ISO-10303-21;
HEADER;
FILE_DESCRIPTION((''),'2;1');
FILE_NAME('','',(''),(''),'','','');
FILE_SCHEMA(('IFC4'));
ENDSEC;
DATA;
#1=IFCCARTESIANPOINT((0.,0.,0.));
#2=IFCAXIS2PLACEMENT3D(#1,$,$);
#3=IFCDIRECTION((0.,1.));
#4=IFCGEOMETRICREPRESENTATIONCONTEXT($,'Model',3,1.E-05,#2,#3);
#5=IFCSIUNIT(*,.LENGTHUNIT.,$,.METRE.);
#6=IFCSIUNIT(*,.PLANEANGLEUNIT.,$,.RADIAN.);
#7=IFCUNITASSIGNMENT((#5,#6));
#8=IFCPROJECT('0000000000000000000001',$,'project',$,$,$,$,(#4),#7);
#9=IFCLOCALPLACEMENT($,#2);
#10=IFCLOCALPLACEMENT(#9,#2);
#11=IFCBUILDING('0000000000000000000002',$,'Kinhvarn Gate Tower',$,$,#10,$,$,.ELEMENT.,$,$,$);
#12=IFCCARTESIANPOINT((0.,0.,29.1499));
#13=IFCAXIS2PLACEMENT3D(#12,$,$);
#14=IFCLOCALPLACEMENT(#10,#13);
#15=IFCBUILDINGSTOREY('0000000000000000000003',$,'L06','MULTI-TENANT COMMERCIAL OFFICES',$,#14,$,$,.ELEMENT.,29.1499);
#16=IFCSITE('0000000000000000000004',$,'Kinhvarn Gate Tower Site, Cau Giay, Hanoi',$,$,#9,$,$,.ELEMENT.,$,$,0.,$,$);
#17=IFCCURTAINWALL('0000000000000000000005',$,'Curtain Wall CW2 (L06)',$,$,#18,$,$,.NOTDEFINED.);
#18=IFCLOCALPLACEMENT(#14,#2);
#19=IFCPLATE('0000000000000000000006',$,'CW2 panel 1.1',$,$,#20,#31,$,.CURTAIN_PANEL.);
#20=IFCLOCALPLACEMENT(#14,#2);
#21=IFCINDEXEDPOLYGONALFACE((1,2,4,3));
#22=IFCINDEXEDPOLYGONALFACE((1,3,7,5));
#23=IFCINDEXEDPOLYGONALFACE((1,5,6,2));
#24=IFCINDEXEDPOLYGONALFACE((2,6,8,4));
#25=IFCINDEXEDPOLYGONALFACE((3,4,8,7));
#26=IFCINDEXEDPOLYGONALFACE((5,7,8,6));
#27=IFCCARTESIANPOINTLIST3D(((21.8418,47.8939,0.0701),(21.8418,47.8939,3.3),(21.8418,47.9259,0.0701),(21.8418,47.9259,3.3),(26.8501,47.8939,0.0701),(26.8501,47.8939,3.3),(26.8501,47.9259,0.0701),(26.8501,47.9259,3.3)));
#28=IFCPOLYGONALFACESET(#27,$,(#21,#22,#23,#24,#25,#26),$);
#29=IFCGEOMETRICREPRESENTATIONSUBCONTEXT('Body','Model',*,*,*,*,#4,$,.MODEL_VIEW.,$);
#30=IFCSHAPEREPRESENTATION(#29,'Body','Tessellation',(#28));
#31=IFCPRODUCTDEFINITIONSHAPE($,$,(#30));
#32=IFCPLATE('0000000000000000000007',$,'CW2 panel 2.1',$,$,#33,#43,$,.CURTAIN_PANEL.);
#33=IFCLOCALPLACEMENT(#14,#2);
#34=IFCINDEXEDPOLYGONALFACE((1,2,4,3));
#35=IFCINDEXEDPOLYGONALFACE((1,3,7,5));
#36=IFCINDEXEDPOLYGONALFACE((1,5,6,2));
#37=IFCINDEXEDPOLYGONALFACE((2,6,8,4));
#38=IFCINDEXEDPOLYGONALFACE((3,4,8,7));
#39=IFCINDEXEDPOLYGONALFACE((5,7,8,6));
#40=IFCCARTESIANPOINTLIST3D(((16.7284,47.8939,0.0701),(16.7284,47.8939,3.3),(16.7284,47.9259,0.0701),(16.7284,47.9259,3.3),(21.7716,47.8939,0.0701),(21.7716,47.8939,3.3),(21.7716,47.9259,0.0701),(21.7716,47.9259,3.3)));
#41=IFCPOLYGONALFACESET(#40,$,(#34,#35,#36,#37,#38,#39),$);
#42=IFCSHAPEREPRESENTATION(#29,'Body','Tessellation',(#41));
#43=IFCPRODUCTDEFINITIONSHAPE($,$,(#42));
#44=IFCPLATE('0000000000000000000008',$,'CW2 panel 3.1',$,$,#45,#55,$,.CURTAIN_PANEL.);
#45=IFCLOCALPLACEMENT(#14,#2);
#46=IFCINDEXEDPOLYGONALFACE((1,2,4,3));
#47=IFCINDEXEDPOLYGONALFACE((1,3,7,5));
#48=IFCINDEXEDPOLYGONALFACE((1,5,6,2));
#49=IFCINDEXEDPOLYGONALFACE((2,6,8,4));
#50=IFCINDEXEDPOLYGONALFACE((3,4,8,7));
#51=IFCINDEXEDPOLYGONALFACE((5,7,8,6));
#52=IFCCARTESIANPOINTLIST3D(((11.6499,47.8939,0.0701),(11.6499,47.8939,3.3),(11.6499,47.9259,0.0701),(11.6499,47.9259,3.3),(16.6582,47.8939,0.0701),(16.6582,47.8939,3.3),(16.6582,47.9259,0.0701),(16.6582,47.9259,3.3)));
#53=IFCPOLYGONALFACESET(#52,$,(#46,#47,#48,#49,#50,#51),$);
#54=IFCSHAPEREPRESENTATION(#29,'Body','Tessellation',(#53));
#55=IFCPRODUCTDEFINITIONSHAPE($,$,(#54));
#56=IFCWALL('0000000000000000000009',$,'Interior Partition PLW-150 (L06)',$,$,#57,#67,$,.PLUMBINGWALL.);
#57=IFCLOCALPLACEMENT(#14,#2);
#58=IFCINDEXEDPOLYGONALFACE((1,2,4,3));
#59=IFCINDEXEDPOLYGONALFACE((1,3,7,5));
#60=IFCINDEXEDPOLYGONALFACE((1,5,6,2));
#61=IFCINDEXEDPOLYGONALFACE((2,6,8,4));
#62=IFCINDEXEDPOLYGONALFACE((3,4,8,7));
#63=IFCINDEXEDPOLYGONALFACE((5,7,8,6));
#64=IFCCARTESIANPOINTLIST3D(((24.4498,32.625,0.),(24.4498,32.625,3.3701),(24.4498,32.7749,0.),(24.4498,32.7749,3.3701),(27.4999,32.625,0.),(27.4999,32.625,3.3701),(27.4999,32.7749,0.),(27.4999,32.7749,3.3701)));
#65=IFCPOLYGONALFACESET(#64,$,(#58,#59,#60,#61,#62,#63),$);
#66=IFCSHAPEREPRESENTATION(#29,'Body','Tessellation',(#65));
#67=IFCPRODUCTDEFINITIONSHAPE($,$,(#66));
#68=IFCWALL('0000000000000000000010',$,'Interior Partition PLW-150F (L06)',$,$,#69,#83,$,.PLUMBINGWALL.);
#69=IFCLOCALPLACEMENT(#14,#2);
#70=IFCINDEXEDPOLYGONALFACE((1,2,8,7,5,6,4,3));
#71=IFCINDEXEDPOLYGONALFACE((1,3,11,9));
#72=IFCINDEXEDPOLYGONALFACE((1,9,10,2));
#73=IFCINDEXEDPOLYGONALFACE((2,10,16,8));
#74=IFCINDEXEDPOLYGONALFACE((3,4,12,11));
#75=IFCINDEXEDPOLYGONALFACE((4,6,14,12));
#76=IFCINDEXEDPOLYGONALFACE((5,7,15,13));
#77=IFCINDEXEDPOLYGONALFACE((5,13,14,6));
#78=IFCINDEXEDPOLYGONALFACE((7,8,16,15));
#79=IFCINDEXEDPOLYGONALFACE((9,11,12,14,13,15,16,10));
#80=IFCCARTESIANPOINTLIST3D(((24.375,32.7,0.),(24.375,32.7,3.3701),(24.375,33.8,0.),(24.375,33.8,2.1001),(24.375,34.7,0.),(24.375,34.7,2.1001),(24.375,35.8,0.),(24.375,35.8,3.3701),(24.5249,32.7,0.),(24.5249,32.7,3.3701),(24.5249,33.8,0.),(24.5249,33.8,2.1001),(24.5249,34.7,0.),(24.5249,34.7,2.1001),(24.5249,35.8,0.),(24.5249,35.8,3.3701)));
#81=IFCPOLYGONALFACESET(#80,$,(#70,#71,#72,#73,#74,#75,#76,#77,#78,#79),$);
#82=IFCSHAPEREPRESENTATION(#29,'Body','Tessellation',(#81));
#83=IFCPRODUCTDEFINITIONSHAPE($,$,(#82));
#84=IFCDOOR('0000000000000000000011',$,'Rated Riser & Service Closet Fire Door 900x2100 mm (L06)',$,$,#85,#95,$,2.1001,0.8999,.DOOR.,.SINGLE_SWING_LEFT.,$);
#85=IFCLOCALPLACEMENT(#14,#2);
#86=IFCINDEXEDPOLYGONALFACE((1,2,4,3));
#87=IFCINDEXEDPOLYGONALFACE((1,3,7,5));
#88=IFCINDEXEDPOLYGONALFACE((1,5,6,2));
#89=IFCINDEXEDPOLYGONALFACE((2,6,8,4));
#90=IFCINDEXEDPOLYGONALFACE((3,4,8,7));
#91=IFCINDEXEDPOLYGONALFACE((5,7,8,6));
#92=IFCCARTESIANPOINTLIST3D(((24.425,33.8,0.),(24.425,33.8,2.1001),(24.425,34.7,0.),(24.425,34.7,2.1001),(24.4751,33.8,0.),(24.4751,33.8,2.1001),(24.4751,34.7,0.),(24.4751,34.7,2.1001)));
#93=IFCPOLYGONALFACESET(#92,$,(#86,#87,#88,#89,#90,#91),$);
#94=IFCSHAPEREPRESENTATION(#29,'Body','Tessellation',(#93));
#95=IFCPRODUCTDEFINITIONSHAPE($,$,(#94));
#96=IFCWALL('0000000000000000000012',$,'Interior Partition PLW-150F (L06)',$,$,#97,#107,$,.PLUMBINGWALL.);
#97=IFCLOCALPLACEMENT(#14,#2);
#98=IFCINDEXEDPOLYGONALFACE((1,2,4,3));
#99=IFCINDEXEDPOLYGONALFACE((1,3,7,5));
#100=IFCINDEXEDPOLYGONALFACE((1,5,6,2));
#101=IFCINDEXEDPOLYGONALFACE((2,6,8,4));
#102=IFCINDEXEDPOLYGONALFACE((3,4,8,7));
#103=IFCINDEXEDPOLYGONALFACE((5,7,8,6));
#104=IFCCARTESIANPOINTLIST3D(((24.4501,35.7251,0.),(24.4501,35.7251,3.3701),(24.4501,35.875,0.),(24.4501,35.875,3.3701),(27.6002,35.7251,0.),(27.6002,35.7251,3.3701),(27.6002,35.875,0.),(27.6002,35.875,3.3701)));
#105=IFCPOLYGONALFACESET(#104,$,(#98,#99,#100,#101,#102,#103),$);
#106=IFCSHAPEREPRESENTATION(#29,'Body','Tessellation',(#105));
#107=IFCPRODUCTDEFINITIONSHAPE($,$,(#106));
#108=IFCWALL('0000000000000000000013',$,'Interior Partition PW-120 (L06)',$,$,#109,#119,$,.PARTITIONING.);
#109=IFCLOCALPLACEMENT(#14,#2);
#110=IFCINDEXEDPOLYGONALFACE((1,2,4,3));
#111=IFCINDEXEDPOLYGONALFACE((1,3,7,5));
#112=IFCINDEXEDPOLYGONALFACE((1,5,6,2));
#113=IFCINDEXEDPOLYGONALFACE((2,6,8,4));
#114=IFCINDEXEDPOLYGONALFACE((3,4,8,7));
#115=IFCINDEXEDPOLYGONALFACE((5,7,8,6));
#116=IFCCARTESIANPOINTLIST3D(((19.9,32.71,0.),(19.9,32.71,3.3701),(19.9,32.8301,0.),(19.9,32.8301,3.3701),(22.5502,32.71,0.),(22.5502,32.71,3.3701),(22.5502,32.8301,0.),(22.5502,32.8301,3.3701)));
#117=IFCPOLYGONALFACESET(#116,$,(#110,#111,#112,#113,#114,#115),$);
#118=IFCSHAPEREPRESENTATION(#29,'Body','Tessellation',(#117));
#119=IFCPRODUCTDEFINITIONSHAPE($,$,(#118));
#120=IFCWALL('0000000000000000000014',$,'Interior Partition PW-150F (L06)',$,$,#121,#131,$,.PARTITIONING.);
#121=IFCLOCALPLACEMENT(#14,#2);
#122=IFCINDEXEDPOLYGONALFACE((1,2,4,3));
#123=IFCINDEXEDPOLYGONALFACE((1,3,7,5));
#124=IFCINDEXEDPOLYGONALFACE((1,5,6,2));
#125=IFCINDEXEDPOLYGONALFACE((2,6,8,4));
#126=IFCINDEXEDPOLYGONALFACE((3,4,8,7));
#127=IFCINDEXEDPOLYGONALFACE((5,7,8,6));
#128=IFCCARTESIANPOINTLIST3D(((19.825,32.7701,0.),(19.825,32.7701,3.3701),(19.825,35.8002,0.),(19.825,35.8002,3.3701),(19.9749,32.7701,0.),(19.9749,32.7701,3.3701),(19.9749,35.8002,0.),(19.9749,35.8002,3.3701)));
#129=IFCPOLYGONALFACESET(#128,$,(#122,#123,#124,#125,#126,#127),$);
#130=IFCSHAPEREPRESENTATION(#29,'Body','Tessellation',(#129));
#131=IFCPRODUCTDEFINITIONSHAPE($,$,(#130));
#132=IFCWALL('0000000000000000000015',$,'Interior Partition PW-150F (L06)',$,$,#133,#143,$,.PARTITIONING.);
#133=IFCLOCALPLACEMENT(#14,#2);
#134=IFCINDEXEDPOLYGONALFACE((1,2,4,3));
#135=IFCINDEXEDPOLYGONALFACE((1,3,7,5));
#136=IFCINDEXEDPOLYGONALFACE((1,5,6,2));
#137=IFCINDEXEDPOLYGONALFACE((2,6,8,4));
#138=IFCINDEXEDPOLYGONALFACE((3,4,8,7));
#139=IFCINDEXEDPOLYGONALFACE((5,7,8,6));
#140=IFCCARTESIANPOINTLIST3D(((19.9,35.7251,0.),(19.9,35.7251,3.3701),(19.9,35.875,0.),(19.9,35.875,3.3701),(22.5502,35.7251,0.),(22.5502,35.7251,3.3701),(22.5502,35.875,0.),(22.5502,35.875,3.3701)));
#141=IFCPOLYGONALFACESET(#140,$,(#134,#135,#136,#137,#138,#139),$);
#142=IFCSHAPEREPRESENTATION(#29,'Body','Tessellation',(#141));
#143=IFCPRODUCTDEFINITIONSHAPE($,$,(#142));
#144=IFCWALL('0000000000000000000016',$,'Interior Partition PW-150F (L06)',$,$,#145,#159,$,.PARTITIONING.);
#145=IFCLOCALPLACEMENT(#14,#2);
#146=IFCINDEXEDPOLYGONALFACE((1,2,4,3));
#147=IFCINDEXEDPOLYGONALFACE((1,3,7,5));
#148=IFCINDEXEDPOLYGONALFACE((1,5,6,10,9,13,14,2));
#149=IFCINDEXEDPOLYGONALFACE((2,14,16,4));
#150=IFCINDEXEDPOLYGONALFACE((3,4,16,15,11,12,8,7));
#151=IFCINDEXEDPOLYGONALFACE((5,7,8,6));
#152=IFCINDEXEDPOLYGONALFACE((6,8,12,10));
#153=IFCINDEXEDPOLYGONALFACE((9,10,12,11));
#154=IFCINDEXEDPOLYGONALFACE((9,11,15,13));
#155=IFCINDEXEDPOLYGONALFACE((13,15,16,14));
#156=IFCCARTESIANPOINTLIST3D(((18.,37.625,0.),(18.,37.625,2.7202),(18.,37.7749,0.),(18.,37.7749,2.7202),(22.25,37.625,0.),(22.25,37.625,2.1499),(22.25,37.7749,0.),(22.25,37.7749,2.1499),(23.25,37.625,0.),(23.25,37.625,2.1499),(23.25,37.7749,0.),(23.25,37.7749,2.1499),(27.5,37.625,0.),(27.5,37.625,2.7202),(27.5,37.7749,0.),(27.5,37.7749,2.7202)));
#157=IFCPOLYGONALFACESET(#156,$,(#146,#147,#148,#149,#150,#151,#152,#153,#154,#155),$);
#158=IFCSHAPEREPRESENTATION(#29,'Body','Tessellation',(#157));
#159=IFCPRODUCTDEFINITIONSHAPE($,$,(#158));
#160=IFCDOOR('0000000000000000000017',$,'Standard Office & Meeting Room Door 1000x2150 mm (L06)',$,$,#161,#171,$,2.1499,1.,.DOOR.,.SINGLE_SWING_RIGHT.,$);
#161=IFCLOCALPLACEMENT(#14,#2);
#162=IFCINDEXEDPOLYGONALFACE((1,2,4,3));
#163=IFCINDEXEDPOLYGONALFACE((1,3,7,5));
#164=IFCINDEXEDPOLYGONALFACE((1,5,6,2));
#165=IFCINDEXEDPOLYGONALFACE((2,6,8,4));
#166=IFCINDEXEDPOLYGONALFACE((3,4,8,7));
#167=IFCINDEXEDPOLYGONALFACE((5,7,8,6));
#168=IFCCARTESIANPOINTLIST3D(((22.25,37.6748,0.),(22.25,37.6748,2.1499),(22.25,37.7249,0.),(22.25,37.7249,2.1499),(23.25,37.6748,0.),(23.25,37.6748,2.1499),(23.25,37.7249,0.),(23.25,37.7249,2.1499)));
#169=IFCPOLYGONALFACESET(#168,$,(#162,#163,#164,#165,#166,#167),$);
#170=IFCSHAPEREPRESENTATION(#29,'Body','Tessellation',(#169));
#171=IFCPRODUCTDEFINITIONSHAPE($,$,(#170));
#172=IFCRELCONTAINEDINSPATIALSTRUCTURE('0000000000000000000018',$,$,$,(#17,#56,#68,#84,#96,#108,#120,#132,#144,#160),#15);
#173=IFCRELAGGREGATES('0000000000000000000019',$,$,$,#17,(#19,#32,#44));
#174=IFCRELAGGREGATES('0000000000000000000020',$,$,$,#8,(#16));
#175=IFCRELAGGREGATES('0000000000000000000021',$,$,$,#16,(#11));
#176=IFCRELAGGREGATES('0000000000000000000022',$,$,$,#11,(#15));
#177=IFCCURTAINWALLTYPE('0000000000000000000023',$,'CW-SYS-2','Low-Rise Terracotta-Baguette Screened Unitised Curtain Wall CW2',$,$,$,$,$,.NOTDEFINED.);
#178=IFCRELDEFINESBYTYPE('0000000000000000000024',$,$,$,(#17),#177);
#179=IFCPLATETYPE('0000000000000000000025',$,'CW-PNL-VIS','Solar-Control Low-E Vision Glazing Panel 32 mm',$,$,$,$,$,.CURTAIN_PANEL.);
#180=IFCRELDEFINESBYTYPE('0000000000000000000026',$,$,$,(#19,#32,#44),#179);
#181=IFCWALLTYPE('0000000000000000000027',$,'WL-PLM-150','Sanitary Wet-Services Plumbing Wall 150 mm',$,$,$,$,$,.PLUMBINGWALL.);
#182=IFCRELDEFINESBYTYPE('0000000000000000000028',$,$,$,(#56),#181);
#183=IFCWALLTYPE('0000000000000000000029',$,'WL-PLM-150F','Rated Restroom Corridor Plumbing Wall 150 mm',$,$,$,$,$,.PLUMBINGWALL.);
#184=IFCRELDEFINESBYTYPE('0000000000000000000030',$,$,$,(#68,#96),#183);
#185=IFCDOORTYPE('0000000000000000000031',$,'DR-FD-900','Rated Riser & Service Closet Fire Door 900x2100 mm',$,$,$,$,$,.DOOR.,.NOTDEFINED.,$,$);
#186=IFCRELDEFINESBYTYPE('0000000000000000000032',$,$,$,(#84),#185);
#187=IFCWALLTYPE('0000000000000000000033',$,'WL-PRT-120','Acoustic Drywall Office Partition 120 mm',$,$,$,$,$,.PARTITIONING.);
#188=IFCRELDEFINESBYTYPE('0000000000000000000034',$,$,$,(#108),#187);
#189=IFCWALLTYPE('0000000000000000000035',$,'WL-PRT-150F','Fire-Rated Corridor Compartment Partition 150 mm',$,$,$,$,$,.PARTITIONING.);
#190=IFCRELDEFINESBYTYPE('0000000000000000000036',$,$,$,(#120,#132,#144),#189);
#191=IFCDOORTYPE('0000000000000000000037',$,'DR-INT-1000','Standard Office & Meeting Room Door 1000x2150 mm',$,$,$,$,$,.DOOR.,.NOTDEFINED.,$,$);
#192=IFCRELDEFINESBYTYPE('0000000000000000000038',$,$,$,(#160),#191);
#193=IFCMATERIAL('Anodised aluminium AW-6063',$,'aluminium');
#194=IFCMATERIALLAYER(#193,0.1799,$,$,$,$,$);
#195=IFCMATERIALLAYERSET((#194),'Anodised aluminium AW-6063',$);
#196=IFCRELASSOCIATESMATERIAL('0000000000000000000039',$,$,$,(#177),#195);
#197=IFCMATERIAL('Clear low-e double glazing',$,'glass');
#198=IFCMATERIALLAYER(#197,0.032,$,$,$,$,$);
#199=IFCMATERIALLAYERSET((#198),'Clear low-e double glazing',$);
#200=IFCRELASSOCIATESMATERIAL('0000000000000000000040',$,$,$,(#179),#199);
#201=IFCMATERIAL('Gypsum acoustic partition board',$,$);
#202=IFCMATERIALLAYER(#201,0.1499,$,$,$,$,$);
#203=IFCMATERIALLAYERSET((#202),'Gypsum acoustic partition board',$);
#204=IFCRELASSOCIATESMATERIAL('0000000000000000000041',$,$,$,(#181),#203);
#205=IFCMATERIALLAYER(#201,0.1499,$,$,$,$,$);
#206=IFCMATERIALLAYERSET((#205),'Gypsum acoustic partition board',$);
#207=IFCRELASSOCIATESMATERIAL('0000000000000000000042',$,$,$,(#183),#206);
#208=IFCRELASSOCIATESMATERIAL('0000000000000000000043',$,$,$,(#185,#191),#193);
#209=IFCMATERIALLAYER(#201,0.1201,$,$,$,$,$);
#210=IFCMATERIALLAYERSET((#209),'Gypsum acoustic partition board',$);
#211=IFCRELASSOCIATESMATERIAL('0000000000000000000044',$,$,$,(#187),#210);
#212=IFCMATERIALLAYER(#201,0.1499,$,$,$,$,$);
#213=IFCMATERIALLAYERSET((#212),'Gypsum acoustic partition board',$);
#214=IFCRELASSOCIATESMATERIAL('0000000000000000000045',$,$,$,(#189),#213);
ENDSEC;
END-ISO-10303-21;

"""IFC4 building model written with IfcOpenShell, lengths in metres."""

from ifc_helpers import new_model, si_unit, direction, frame, frame_2d, origin, origin_2d, place, context, subcontext, project, spatial, rectangle, extrude, material, layer, layer_set, type_object, element, fill, aggregate, save


model = new_model("IFC4")

# Units and contexts
model_context = context("Model", 3, precision=1e-05, world=origin(), true_north=direction((0.0, 1.0)))
body_context = subcontext(model_context, "Body", "Model", "MODEL_VIEW")
ifc_project = project(units=[si_unit("LENGTHUNIT", "METRE"), si_unit("PLANEANGLEUNIT", "RADIAN")], contexts=[model_context])

# Site, building, storey
site_placement = place(None, origin())
site = spatial("IfcSite", under=ifc_project, at=site_placement, Name="Kinhvarn Gate Tower Site, Cau Giay, Hanoi", CompositionType="ELEMENT", RefElevation=0.0)
building_placement = place(site_placement, origin())
building = spatial("IfcBuilding", under=site, at=building_placement, Name="Kinhvarn Gate Tower", CompositionType="ELEMENT")
storey_placement = place(building_placement, frame((0.0, 0.0, 29.1499)))
storey = spatial("IfcBuildingStorey", under=building, at=storey_placement, Name="L06", Description="MULTI-TENANT COMMERCIAL OFFICES", CompositionType="ELEMENT", Elevation=29.1499)

# Curtain wall
ifc_material_1 = material(Name="Anodised aluminium AW-6063", Category="aluminium")
ifc_layer_1 = layer(ifc_material_1, 0.1799)
ifc_layer_set_1 = layer_set([ifc_layer_1], Name="Anodised aluminium AW-6063")
curtain_wall_type = type_object("IfcCurtainWallType", Name="CW-SYS-2", Description="Low-Rise Terracotta-Baguette Screened Unitised Curtain Wall CW2", PredefinedType="NOTDEFINED", material=ifc_layer_set_1)
curtain_wall_placement = place(storey_placement, origin())
curtain_wall = element("IfcCurtainWall", 1, at=curtain_wall_placement, inside=storey, type_object=curtain_wall_type, Name="Curtain Wall CW2 (L06)", PredefinedType="NOTDEFINED")

# Plates
ifc_material_2 = material(Name="Clear low-e double glazing", Category="glass")
ifc_layer_2 = layer(ifc_material_2, 0.032)
ifc_layer_set_2 = layer_set([ifc_layer_2], Name="Clear low-e double glazing")
plate_type = type_object("IfcPlateType", Name="CW-PNL-VIS", Description="Solar-Control Low-E Vision Glazing Panel 32 mm", PredefinedType="CURTAIN_PANEL", material=ifc_layer_set_2)
plate_1_placement = place(storey_placement, frame((24.3459, 47.9099, 0.0701), z_axis=(0.0, 0.0, 1.0), x_axis=(-1.0, 0.0, 0.0)))
plate_1 = element("IfcPlate", 2, at=plate_1_placement, type_object=plate_type, Name="CW2 panel 1.1", PredefinedType="CURTAIN_PANEL", context=body_context, shape_type="SweptSolid", body=[
    extrude(rectangle(XDim=5.0083, YDim=0.032, at=origin_2d()), origin(), (0.0, 0.0, 1.0), 3.23),
])
plate_2_placement = place(storey_placement, frame((19.25, 47.9099, 0.0701), z_axis=(0.0, 0.0, 1.0), x_axis=(-1.0, 0.0, 0.0)))
plate_2 = element("IfcPlate", 3, at=plate_2_placement, type_object=plate_type, Name="CW2 panel 2.1", PredefinedType="CURTAIN_PANEL", context=body_context, shape_type="SweptSolid", body=[
    extrude(rectangle(XDim=5.0432, YDim=0.032, at=origin_2d()), origin(), (0.0, 0.0, 1.0), 3.23),
])
plate_3_placement = place(storey_placement, frame((14.1541, 47.9099, 0.0701), z_axis=(0.0, 0.0, 1.0), x_axis=(-1.0, 0.0, 0.0)))
plate_3 = element("IfcPlate", 4, at=plate_3_placement, type_object=plate_type, Name="CW2 panel 3.1", PredefinedType="CURTAIN_PANEL", context=body_context, shape_type="SweptSolid", body=[
    extrude(rectangle(XDim=5.0083, YDim=0.032, at=origin_2d()), origin(), (0.0, 0.0, 1.0), 3.23),
])
aggregate(curtain_wall, [plate_1, plate_2, plate_3])

# Wall
ifc_material_3 = material(Name="Gypsum acoustic partition board")
ifc_layer_3 = layer(ifc_material_3, 0.1499)
ifc_layer_set_3 = layer_set([ifc_layer_3], Name="Gypsum acoustic partition board")
wall_type_1 = type_object("IfcWallType", Name="WL-PLM-150", Description="Sanitary Wet-Services Plumbing Wall 150 mm", PredefinedType="PLUMBINGWALL", material=ifc_layer_set_3)
wall_1_placement = place(storey_placement, frame((24.45, 32.7, 0.0), z_axis=(0.0, 0.0, 1.0), x_axis=(1.0, 0.0, 0.0)))
element("IfcWall", 5, at=wall_1_placement, inside=storey, type_object=wall_type_1, Name="Interior Partition PLW-150 (L06)", PredefinedType="PLUMBINGWALL", context=body_context, shape_type="SweptSolid", body=[
    extrude(rectangle(XDim=3.05, YDim=0.1499, at=frame_2d((1.5249, 0.0))), origin(), (0.0, 0.0, 1.0), 3.3701),
])

# Wall, opening, door
ifc_layer_4 = layer(ifc_material_3, 0.1499)
ifc_layer_set_4 = layer_set([ifc_layer_4], Name="Gypsum acoustic partition board")
wall_type_2 = type_object("IfcWallType", Name="WL-PLM-150F", Description="Rated Restroom Corridor Plumbing Wall 150 mm", PredefinedType="PLUMBINGWALL", material=ifc_layer_set_4)
wall_2_placement = place(storey_placement, frame((24.45, 32.7, 0.0), z_axis=(0.0, 0.0, 1.0), x_axis=(0.0, 1.0, 0.0)))
wall_2 = element("IfcWall", 6, at=wall_2_placement, inside=storey, type_object=wall_type_2, Name="Interior Partition PLW-150F (L06)", PredefinedType="PLUMBINGWALL", context=body_context, shape_type="SweptSolid", body=[
    extrude(rectangle(XDim=3.1001, YDim=0.1499, at=frame_2d((1.55, 0.0))), origin(), (0.0, 0.0, 1.0), 3.3701),
])
opening_1_placement = place(wall_2_placement, frame((1.1001, 0.0, 0.0)))
opening_1 = element("IfcOpeningElement", 7, at=opening_1_placement, cuts=wall_2, PredefinedType="OPENING", context=body_context, shape_type="SweptSolid", body=[
    extrude(rectangle(XDim=0.8999, YDim=2.1001, at=frame_2d((0.45, 1.05))), frame((0.0, 0.085, 0.0), z_axis=(0.0, -1.0, 0.0), x_axis=(1.0, 0.0, 0.0)), (0.0, 0.0, 1.0), 0.1699),
])
door_type_1 = type_object("IfcDoorType", Name="DR-FD-900", Description="Rated Riser & Service Closet Fire Door 900x2100 mm", OperationType="NOTDEFINED", PredefinedType="DOOR", material=ifc_material_1)
door_1_placement = place(opening_1_placement, origin())
door_1 = element("IfcDoor", 8, at=door_1_placement, inside=storey, type_object=door_type_1, Name="Rated Riser & Service Closet Fire Door 900x2100 mm (L06)", OperationType="SINGLE_SWING_LEFT", OverallHeight=2.1001, OverallWidth=0.8999, PredefinedType="DOOR", context=body_context, shape_type="SweptSolid", body=[
    extrude(rectangle(XDim=0.8999, YDim=2.1001, at=frame_2d((0.45, 1.05))), frame((0.0, 0.0249, 0.0), z_axis=(0.0, -1.0, 0.0), x_axis=(1.0, 0.0, 0.0)), (0.0, 0.0, 1.0), 0.05),
])
fill(opening_1, door_1)

# Walls
wall_3_placement = place(storey_placement, frame((24.45, 35.8, 0.0), z_axis=(0.0, 0.0, 1.0), x_axis=(1.0, 0.0, 0.0)))
element("IfcWall", 9, at=wall_3_placement, inside=storey, type_object=wall_type_2, Name="Interior Partition PLW-150F (L06)", PredefinedType="PLUMBINGWALL", context=body_context, shape_type="SweptSolid", body=[
    extrude(rectangle(XDim=3.1501, YDim=0.1499, at=frame_2d((1.5752, 0.0))), origin(), (0.0, 0.0, 1.0), 3.3701),
])
ifc_layer_5 = layer(ifc_material_3, 0.1201)
ifc_layer_set_5 = layer_set([ifc_layer_5], Name="Gypsum acoustic partition board")
wall_type_3 = type_object("IfcWallType", Name="WL-PRT-120", Description="Acoustic Drywall Office Partition 120 mm", PredefinedType="PARTITIONING", material=ifc_layer_set_5)
wall_4_placement = place(storey_placement, frame((19.8999, 32.77, 0.0), z_axis=(0.0, 0.0, 1.0), x_axis=(1.0, 0.0, 0.0)))
element("IfcWall", 10, at=wall_4_placement, inside=storey, type_object=wall_type_3, Name="Interior Partition PW-120 (L06)", PredefinedType="PARTITIONING", context=body_context, shape_type="SweptSolid", body=[
    extrude(rectangle(XDim=2.6501, YDim=0.1201, at=frame_2d((1.3252, 0.0))), origin(), (0.0, 0.0, 1.0), 3.3701),
])

# Shared definitions
ifc_layer_6 = layer(ifc_material_3, 0.1499)
ifc_layer_set_6 = layer_set([ifc_layer_6], Name="Gypsum acoustic partition board")
wall_type_4 = type_object("IfcWallType", Name="WL-PRT-150F", Description="Fire-Rated Corridor Compartment Partition 150 mm", PredefinedType="PARTITIONING", material=ifc_layer_set_6)
door_type_2 = type_object("IfcDoorType", Name="DR-INT-1000", Description="Standard Office & Meeting Room Door 1000x2150 mm", OperationType="NOTDEFINED", PredefinedType="DOOR", material=ifc_material_1)

# Walls
wall_5_placement = place(storey_placement, frame((19.8999, 32.77, 0.0), z_axis=(0.0, 0.0, 1.0), x_axis=(0.0, 1.0, 0.0)))
element("IfcWall", 11, at=wall_5_placement, inside=storey, type_object=wall_type_4, Name="Interior Partition PW-150F (L06)", PredefinedType="PARTITIONING", context=body_context, shape_type="SweptSolid", body=[
    extrude(rectangle(XDim=3.03, YDim=0.1499, at=frame_2d((1.5151, 0.0))), origin(), (0.0, 0.0, 1.0), 3.3701),
])
wall_6_placement = place(storey_placement, frame((19.8999, 35.8, 0.0), z_axis=(0.0, 0.0, 1.0), x_axis=(1.0, 0.0, 0.0)))
element("IfcWall", 12, at=wall_6_placement, inside=storey, type_object=wall_type_4, Name="Interior Partition PW-150F (L06)", PredefinedType="PARTITIONING", context=body_context, shape_type="SweptSolid", body=[
    extrude(rectangle(XDim=2.6501, YDim=0.1499, at=frame_2d((1.3252, 0.0))), origin(), (0.0, 0.0, 1.0), 3.3701),
])

# Wall, opening, door
wall_7_placement = place(storey_placement, frame((18.0, 37.7, 0.0), z_axis=(0.0, 0.0, 1.0), x_axis=(1.0, 0.0, 0.0)))
wall_7 = element("IfcWall", 13, at=wall_7_placement, inside=storey, type_object=wall_type_4, Name="Interior Partition PW-150F (L06)", PredefinedType="PARTITIONING", context=body_context, shape_type="SweptSolid", body=[
    extrude(rectangle(XDim=9.5, YDim=0.1499, at=frame_2d((4.75, 0.0))), origin(), (0.0, 0.0, 1.0), 2.7202),
])
opening_2_placement = place(wall_7_placement, frame((4.25, 0.0, 0.0)))
opening_2 = element("IfcOpeningElement", 14, at=opening_2_placement, cuts=wall_7, PredefinedType="OPENING", context=body_context, shape_type="SweptSolid", body=[
    extrude(rectangle(XDim=1.0, YDim=2.1499, at=frame_2d((0.5, 1.075))), frame((0.0, 0.085, 0.0), z_axis=(0.0, -1.0, 0.0), x_axis=(1.0, 0.0, 0.0)), (0.0, 0.0, 1.0), 0.1699),
])
door_2_placement = place(opening_2_placement, origin())
door_2 = element("IfcDoor", 15, at=door_2_placement, inside=storey, type_object=door_type_2, Name="Standard Office & Meeting Room Door 1000x2150 mm (L06)", OperationType="SINGLE_SWING_RIGHT", OverallHeight=2.1499, OverallWidth=1.0, PredefinedType="DOOR", context=body_context, shape_type="SweptSolid", body=[
    extrude(rectangle(XDim=1.0, YDim=2.1499, at=frame_2d((0.5, 1.075))), frame((0.0, 0.0249, 0.0), z_axis=(0.0, -1.0, 0.0), x_axis=(1.0, 0.0, 0.0)), (0.0, 0.0, 1.0), 0.05),
])
fill(opening_2, door_2)

save(model, "model.ifc")
